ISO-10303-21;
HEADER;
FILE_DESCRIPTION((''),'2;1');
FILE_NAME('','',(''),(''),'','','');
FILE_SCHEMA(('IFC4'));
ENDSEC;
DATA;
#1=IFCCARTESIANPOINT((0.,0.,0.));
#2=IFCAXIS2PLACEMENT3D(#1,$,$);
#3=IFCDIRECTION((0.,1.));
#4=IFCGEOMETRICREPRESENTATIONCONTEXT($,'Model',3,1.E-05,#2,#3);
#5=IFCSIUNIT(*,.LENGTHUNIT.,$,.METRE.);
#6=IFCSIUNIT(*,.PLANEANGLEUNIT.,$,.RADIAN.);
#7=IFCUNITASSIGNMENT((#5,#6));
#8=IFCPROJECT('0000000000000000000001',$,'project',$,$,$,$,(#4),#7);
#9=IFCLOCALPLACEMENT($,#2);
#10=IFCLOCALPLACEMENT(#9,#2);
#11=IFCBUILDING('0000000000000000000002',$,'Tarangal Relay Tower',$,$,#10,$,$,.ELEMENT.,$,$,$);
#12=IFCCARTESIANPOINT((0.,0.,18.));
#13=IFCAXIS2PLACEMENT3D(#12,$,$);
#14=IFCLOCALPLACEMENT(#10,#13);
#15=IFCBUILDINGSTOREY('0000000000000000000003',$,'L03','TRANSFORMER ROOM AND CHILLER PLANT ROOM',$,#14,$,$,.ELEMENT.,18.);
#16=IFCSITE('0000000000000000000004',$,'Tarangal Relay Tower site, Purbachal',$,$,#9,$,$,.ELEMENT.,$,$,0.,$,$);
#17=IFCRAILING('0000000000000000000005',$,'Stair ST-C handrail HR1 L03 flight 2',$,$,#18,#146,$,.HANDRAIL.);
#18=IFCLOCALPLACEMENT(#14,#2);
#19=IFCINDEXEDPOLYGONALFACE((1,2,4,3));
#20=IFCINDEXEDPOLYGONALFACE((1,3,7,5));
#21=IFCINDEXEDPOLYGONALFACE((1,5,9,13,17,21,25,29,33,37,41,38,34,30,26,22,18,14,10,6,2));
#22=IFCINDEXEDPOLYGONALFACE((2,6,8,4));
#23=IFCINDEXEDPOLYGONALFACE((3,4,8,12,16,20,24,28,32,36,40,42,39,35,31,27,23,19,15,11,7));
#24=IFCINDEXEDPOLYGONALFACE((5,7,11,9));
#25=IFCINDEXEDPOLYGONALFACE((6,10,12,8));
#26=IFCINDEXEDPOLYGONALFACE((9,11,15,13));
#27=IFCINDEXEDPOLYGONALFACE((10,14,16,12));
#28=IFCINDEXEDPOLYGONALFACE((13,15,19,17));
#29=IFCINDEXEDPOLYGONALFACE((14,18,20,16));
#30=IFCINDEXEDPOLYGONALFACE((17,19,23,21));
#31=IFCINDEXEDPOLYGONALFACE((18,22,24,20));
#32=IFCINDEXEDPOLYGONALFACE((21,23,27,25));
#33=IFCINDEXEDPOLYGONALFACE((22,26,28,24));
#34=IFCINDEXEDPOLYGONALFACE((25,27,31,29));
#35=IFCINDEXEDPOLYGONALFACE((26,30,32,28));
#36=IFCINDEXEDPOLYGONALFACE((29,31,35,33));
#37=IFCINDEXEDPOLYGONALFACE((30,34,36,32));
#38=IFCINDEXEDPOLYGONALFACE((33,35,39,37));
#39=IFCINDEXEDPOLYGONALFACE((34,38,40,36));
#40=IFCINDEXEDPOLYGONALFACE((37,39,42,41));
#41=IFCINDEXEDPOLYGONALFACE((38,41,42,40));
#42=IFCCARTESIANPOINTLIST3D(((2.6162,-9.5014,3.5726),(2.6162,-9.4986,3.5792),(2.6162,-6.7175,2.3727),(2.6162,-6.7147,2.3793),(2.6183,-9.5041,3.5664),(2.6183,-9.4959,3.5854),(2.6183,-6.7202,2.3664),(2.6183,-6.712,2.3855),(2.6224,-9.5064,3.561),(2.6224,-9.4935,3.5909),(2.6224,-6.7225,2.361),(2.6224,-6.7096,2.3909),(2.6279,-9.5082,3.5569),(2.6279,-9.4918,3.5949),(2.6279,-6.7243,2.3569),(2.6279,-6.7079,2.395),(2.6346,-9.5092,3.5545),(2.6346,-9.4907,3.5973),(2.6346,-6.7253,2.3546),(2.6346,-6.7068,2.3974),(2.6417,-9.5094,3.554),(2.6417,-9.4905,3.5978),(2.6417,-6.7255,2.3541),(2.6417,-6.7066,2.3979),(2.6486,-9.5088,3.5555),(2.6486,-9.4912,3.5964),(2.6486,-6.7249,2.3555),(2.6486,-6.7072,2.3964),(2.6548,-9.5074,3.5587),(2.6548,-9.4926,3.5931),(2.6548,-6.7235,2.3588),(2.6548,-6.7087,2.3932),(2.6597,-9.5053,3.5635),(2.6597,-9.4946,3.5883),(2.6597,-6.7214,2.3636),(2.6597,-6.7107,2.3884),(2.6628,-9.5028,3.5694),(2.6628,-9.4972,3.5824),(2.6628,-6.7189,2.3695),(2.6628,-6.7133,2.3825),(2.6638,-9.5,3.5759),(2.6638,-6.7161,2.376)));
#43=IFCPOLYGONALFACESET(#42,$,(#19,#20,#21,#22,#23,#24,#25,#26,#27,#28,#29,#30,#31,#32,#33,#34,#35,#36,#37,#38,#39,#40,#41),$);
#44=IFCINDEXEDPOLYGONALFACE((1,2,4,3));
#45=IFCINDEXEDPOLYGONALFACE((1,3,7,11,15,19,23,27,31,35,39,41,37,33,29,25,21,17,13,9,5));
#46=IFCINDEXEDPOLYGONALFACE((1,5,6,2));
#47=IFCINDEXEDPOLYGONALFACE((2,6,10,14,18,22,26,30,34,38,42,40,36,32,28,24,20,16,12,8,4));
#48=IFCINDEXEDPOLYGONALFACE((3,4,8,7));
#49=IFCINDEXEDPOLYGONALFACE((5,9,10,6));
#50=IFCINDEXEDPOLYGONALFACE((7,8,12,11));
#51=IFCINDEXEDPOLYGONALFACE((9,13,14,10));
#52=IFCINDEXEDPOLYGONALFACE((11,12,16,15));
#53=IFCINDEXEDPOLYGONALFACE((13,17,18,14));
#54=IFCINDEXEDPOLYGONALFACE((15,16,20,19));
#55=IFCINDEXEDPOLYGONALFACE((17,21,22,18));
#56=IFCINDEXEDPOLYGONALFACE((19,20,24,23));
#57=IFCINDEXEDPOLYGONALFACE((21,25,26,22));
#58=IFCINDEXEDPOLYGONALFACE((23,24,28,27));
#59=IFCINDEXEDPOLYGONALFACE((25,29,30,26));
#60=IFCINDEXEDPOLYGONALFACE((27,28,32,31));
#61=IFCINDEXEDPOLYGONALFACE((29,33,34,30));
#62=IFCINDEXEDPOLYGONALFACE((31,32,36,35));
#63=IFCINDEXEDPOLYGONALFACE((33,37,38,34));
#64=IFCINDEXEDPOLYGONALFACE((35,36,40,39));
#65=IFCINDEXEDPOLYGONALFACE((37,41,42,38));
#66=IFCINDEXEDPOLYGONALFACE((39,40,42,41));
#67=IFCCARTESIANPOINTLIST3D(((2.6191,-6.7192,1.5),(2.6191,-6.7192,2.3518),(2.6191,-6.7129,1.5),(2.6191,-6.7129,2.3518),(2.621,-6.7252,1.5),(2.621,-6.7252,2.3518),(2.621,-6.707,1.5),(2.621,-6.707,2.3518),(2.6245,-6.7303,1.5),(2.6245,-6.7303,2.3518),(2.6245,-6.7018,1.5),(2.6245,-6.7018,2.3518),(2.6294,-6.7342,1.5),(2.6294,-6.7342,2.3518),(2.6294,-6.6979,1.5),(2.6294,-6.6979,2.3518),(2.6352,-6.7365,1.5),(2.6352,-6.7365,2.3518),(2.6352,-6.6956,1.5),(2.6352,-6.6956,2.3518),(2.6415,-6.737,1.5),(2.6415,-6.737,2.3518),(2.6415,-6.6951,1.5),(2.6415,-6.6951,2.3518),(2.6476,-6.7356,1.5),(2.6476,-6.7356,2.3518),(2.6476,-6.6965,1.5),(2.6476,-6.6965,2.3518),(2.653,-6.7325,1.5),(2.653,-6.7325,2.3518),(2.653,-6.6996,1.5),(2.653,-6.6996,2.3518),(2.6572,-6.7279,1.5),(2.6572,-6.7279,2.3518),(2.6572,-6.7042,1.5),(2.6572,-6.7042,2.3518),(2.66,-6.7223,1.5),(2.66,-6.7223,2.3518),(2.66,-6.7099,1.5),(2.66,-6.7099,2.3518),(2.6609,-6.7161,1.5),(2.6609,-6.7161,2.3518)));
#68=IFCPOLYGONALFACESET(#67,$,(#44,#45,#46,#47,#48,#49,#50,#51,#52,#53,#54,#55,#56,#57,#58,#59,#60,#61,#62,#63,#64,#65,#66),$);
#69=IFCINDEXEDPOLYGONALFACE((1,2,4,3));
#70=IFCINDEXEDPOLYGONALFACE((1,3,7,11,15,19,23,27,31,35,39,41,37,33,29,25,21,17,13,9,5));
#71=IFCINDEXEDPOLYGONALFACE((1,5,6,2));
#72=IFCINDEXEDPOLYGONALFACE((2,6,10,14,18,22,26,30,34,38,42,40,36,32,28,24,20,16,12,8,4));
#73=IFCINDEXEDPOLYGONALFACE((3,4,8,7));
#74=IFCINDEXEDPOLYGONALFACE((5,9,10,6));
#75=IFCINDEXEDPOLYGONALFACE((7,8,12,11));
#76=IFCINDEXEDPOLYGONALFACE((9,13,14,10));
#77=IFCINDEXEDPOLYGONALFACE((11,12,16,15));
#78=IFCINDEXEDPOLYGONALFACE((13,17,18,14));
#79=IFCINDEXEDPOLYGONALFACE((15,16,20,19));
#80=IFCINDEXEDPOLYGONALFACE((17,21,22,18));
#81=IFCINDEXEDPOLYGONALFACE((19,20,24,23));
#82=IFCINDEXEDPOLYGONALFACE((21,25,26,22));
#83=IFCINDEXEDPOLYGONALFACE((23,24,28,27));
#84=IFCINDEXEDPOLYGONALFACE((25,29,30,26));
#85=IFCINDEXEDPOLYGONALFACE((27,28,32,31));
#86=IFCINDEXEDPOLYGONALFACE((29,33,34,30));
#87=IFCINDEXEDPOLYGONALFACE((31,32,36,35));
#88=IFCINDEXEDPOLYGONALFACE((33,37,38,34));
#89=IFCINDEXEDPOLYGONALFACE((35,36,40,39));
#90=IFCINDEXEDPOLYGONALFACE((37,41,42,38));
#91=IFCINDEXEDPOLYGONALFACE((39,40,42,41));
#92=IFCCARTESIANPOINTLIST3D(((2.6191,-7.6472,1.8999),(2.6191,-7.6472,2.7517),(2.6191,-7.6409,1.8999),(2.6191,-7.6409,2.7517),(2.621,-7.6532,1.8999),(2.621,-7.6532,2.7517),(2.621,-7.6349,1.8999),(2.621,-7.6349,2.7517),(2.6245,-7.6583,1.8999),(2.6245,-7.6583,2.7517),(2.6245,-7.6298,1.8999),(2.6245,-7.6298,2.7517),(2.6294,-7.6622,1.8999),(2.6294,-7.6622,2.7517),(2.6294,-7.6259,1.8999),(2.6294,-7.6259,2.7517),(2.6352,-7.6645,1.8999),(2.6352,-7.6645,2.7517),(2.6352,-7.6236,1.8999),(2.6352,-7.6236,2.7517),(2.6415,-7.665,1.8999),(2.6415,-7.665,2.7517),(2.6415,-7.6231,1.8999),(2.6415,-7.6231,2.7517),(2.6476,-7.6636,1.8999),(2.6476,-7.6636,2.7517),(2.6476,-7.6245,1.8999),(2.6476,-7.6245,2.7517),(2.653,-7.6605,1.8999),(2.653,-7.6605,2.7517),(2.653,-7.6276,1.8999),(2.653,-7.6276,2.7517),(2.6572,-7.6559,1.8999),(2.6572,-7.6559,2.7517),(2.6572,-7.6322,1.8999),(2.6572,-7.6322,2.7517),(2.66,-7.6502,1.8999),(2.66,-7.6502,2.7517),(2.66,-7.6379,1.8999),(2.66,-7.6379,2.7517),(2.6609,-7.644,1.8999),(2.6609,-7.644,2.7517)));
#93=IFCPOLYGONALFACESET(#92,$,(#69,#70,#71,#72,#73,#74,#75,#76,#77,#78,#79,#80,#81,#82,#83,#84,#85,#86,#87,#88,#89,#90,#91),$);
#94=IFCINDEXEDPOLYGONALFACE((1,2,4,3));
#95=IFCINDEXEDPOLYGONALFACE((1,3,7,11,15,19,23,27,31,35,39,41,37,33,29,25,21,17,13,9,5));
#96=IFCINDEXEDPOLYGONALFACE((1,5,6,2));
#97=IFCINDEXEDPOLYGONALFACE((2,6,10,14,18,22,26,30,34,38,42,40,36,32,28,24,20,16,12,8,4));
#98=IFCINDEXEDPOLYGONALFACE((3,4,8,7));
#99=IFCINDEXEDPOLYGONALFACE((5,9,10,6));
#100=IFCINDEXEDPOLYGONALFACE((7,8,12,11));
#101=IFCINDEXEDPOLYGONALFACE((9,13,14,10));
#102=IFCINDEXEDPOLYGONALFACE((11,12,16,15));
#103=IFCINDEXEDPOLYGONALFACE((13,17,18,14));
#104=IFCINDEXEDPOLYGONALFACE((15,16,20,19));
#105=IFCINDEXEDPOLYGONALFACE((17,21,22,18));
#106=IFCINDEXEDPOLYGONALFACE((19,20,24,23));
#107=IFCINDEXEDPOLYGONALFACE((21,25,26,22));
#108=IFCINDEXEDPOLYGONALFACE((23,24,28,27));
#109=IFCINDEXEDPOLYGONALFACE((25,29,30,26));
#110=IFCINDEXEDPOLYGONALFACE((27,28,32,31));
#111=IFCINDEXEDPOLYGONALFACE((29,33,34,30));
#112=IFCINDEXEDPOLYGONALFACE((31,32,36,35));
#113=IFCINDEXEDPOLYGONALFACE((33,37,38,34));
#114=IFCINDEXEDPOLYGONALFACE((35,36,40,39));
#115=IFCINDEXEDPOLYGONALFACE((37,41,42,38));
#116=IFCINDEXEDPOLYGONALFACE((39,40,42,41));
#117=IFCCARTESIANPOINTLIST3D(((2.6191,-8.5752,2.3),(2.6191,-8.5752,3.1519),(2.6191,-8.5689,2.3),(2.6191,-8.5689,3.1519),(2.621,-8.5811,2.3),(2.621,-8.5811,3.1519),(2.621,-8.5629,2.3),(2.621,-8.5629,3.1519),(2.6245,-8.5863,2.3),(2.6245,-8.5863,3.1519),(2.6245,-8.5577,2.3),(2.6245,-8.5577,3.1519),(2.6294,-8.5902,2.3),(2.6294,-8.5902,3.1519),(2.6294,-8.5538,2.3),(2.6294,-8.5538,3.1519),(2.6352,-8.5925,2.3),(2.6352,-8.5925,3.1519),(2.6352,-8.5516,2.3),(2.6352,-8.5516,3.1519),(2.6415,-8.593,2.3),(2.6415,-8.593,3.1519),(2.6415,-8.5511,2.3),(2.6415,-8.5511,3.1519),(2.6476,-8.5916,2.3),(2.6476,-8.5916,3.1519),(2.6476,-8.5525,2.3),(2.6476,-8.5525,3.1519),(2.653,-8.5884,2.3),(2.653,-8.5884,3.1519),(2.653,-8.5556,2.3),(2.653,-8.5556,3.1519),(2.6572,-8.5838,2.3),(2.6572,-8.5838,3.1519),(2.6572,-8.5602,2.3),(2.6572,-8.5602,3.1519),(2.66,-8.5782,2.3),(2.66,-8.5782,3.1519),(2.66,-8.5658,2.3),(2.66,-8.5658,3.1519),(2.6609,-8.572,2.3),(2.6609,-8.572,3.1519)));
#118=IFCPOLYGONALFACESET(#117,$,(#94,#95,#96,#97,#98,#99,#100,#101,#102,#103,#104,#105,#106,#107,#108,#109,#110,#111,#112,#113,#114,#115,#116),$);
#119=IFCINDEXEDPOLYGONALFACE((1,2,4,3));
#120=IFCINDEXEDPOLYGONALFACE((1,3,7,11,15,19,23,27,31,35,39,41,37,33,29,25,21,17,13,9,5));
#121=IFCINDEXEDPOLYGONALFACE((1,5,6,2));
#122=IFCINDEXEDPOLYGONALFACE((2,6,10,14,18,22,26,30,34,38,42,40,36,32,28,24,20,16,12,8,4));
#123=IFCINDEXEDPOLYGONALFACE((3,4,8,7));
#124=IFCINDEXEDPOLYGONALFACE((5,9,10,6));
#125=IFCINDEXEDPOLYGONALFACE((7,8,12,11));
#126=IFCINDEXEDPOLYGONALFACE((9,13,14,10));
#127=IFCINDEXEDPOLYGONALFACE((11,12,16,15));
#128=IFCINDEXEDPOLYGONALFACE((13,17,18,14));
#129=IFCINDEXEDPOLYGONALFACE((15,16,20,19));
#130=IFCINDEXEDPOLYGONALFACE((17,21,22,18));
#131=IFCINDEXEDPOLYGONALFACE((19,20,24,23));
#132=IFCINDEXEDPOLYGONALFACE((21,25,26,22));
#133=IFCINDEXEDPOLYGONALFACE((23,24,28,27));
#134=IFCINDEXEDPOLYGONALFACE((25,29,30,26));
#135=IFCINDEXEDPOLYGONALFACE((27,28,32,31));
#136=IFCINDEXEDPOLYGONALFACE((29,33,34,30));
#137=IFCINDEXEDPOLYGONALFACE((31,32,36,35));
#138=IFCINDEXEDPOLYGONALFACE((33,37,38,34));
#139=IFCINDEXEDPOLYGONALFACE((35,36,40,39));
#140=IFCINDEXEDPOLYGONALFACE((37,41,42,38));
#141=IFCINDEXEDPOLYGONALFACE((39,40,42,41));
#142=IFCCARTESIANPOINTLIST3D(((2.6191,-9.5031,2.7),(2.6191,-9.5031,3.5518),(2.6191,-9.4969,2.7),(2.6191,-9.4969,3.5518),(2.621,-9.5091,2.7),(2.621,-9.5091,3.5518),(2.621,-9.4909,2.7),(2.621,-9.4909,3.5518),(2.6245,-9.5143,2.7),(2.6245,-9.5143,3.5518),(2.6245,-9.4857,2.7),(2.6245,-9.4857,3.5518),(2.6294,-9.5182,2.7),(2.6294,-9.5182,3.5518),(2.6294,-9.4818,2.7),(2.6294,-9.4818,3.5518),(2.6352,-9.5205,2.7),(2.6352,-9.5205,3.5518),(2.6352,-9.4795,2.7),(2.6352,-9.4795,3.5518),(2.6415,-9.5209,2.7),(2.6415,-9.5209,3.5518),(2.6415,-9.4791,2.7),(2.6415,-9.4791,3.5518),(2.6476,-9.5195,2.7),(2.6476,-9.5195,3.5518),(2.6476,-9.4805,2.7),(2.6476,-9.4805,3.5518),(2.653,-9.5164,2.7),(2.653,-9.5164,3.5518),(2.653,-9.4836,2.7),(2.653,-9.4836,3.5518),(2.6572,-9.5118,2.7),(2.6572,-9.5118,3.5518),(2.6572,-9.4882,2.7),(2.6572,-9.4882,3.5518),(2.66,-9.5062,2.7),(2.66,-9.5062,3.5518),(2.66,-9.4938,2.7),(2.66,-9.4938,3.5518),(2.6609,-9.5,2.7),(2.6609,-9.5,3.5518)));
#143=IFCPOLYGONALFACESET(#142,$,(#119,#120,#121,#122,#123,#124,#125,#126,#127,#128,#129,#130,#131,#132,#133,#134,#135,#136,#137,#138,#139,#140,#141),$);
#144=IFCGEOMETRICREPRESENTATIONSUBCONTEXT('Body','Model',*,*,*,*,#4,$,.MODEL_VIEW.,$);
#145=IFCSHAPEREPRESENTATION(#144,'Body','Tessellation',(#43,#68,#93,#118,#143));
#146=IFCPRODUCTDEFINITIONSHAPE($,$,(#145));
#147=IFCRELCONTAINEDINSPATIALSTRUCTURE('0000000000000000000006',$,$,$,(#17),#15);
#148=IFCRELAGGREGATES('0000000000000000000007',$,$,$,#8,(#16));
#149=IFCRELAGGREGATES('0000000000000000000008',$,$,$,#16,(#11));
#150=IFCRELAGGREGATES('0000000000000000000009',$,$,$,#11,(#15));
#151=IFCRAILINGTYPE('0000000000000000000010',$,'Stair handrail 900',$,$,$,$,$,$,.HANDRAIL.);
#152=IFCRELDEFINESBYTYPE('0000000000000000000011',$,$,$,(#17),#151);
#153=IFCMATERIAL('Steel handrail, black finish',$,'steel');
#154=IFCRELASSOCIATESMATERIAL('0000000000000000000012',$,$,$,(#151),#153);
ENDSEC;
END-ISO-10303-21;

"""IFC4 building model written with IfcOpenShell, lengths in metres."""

from ifc_helpers import new_model, si_unit, direction, frame, origin, origin_2d, place, context, subcontext, project, spatial, circle, extrude, material, type_object, element, save


model = new_model("IFC4")

# Units and contexts
model_context = context("Model", 3, precision=1e-05, world=origin(), true_north=direction((0.0, 1.0)))
body_context = subcontext(model_context, "Body", "Model", "MODEL_VIEW")
ifc_project = project(units=[si_unit("LENGTHUNIT", "METRE"), si_unit("PLANEANGLEUNIT", "RADIAN")], contexts=[model_context])

# Site, building, storey
site_placement = place(None, origin())
site = spatial("IfcSite", under=ifc_project, at=site_placement, Name="Tarangal Relay Tower site, Purbachal", CompositionType="ELEMENT", RefElevation=0.0)
building_placement = place(site_placement, origin())
building = spatial("IfcBuilding", under=site, at=building_placement, Name="Tarangal Relay Tower", CompositionType="ELEMENT")
storey_placement = place(building_placement, frame((0.0, 0.0, 18.0)))
storey = spatial("IfcBuildingStorey", under=building, at=storey_placement, Name="L03", Description="TRANSFORMER ROOM AND CHILLER PLANT ROOM", CompositionType="ELEMENT", Elevation=18.0)

# Railing
ifc_material_1 = material(Name="Steel handrail, black finish", Category="steel")
railing_type_1 = type_object("IfcRailingType", Name="Stair handrail 900", PredefinedType="HANDRAIL", material=ifc_material_1)
for number, where, name in (
    (1, (2.6399, -6.7161, 1.5), "Stair ST-C handrail HR1 L03 flight 2"),
):
    element("IfcRailing", number, at=place(storey_placement, frame(where)), inside=storey, type_object=railing_type_1, Name=name, PredefinedType="HANDRAIL", context=body_context, shape_type="SweptSolid", body=[
        extrude(circle(Radius=0.0239, at=origin_2d()), frame((0.0, 0.0, 0.876), z_axis=(0.0, -0.918327, 0.395823), x_axis=(1.0, 0.0, 0.0)), (0.0, 0.0, 1.0), 3.0315),
        extrude(circle(Radius=0.021, at=origin_2d()), origin(), (0.0, 0.0, 1.0), 0.8518),
        extrude(circle(Radius=0.021, at=origin_2d()), frame((0.0, -0.928, 0.3999)), (0.0, 0.0, 1.0), 0.8518),
        extrude(circle(Radius=0.021, at=origin_2d()), frame((0.0, -1.856, 0.8)), (0.0, 0.0, 1.0), 0.8518),
        extrude(circle(Radius=0.021, at=origin_2d()), frame((0.0, -2.7839, 1.2)), (0.0, 0.0, 1.0), 0.8518),
    ])

save(model, "model.ifc")
